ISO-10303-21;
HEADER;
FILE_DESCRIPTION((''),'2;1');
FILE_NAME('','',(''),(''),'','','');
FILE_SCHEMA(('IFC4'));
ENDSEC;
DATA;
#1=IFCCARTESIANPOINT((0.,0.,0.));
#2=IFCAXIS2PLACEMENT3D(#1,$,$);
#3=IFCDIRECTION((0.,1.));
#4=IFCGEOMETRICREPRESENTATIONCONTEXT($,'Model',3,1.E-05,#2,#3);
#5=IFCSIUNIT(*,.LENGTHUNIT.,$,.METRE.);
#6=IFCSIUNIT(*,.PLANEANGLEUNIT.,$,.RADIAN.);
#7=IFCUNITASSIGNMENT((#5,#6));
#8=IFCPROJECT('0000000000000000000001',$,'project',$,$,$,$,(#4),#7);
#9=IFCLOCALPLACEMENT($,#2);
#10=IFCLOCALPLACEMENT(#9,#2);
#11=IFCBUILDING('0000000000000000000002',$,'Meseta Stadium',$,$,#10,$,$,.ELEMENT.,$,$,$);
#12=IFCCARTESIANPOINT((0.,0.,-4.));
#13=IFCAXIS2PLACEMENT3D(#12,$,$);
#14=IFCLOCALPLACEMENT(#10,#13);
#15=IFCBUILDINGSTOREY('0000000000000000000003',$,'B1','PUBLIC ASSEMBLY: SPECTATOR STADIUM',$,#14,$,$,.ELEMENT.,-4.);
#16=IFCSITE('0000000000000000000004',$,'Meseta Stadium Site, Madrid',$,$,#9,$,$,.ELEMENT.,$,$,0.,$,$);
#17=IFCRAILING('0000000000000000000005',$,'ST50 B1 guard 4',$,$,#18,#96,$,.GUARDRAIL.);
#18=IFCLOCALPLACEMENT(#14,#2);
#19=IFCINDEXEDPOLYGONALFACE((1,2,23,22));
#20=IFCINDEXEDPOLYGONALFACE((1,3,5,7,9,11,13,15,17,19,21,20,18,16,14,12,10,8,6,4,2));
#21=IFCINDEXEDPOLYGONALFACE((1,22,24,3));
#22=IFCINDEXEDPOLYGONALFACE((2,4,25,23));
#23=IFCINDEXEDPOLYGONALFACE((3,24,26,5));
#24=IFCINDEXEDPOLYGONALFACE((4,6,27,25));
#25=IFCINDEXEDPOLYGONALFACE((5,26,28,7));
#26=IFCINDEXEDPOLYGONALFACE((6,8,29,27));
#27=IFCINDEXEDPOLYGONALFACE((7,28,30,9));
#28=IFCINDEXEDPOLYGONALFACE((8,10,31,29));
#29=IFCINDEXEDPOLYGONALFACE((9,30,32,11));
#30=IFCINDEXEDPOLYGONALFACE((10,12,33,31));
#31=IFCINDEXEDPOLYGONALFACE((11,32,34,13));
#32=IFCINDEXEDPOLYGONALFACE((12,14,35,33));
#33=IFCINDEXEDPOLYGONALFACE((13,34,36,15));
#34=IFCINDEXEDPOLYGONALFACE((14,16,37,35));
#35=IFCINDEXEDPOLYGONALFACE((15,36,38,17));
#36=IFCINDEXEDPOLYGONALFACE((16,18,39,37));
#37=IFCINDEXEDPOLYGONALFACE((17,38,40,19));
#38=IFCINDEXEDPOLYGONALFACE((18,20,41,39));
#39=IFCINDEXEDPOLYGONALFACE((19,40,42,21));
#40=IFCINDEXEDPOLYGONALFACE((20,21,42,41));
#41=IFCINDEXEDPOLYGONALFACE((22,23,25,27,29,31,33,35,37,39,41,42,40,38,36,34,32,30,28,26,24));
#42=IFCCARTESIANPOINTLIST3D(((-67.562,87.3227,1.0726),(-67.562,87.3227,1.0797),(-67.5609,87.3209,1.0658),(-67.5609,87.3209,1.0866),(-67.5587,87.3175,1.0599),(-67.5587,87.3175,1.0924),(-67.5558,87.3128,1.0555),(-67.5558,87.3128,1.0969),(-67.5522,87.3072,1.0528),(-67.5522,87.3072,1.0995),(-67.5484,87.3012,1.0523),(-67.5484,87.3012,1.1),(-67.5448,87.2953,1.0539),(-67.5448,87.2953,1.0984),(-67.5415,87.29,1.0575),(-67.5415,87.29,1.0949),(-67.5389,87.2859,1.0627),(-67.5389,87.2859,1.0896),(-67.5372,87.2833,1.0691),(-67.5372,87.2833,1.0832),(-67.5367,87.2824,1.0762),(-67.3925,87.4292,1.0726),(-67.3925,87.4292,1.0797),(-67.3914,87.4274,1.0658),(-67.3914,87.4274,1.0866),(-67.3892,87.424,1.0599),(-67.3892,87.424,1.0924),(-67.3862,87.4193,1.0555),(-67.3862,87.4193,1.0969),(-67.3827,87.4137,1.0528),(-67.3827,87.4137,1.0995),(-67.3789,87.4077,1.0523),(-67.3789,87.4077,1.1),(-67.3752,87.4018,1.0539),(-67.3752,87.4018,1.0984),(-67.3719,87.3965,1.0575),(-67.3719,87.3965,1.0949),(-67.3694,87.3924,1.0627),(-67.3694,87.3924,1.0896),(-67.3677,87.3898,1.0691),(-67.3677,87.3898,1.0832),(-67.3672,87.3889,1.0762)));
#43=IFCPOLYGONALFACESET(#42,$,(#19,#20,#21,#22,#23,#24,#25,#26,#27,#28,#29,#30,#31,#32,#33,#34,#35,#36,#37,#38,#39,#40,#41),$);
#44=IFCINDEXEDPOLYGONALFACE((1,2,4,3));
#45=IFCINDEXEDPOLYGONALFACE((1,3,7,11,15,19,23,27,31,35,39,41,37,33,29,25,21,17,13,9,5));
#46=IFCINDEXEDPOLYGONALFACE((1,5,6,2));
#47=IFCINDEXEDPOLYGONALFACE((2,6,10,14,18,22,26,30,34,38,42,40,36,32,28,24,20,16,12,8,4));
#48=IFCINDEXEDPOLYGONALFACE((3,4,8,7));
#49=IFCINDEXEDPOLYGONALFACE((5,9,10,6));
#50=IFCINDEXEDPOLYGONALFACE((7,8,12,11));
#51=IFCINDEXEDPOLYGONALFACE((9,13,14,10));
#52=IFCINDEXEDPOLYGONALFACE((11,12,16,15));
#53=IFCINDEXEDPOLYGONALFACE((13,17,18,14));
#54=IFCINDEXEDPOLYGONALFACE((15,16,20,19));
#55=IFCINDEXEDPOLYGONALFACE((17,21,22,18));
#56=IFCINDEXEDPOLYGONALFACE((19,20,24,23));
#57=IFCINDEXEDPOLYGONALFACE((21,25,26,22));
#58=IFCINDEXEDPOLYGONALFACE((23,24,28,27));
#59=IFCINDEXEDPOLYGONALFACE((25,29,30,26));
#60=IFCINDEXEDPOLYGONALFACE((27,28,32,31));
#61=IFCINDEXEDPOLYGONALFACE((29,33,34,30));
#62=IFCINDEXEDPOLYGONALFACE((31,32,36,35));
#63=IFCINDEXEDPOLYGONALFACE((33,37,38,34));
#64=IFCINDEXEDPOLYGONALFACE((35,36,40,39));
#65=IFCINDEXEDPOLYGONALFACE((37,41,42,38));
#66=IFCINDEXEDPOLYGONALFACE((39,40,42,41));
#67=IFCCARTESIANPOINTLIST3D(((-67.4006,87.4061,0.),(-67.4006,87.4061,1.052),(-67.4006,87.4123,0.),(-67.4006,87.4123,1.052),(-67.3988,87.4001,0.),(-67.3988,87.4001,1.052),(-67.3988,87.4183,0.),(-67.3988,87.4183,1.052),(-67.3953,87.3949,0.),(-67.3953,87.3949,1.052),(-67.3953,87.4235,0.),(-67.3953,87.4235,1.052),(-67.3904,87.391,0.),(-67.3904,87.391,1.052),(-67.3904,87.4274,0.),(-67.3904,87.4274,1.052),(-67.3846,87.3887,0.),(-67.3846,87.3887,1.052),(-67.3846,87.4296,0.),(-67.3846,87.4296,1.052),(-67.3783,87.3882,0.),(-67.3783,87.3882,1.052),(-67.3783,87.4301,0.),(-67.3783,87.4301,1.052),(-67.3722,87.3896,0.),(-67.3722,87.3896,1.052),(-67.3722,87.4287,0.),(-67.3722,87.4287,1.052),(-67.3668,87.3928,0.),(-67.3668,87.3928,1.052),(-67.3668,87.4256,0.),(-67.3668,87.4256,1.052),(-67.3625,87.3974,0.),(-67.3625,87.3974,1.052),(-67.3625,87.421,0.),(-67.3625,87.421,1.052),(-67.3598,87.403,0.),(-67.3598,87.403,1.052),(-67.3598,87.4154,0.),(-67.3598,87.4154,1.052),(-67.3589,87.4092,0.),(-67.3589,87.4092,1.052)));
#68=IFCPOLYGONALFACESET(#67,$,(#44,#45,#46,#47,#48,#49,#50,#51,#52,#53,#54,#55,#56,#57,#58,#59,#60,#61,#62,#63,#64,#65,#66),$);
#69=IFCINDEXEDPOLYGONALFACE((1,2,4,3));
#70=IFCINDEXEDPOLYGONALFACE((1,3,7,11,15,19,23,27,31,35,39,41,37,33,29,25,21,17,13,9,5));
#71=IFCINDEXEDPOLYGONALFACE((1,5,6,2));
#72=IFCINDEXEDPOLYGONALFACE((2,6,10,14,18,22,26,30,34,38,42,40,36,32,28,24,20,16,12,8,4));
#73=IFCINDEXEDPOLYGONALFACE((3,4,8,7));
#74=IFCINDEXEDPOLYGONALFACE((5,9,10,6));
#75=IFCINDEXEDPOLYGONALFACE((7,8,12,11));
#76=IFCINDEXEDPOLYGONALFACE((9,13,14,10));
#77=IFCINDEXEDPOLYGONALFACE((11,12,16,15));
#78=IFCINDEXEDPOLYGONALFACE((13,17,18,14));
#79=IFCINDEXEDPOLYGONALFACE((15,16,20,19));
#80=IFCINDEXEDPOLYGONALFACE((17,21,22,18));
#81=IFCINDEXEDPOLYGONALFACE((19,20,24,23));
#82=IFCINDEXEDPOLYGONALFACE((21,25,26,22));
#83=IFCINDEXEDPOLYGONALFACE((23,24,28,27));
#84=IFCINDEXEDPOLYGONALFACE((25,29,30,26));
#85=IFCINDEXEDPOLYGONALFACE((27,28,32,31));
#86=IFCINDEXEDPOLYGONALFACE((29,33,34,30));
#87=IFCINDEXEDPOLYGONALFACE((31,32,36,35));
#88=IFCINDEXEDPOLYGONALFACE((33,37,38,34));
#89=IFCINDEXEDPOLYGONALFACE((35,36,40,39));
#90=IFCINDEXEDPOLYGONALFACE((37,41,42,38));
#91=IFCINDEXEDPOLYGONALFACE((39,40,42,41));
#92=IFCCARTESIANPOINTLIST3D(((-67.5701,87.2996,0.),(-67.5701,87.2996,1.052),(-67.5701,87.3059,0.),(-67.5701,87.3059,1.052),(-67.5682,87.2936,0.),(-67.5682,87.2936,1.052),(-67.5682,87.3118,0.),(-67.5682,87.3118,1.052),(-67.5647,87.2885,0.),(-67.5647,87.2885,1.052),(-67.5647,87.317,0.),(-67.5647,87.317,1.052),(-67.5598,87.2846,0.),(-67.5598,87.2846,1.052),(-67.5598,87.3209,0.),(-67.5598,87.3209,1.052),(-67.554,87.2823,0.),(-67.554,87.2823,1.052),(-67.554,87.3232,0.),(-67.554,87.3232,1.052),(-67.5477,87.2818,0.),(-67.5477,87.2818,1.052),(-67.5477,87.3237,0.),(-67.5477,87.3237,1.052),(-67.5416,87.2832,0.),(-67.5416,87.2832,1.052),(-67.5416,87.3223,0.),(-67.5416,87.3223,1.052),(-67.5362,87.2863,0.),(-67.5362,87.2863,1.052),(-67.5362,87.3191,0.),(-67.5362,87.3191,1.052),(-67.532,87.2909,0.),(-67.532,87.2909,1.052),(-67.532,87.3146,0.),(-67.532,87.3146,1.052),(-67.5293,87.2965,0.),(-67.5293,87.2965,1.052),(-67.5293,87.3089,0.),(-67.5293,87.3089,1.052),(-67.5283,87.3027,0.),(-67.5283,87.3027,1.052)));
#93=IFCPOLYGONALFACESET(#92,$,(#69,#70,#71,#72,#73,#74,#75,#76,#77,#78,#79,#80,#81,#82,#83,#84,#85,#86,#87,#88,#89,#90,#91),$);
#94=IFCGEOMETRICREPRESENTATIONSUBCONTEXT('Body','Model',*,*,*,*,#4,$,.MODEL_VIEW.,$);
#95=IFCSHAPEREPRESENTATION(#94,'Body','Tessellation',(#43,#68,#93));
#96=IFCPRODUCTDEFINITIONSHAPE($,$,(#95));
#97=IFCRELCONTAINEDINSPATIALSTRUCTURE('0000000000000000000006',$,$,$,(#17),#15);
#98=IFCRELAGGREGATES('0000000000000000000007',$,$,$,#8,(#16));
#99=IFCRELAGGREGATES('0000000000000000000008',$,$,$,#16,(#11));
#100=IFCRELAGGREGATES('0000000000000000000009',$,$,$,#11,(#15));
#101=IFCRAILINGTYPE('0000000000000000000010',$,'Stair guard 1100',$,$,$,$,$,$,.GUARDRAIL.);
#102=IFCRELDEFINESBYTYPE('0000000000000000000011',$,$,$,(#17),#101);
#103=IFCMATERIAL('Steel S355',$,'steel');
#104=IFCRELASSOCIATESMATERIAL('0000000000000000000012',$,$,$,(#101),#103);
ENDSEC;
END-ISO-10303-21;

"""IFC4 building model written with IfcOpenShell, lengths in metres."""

from ifc_helpers import new_model, si_unit, direction, frame, origin, origin_2d, place, context, subcontext, project, spatial, circle, extrude, material, type_object, element, save


model = new_model("IFC4")

# Units and contexts
model_context = context("Model", 3, precision=1e-05, world=origin(), true_north=direction((0.0, 1.0)))
body_context = subcontext(model_context, "Body", "Model", "MODEL_VIEW")
ifc_project = project(units=[si_unit("LENGTHUNIT", "METRE"), si_unit("PLANEANGLEUNIT", "RADIAN")], contexts=[model_context])

# Site, building, storey
site_placement = place(None, origin())
site = spatial("IfcSite", under=ifc_project, at=site_placement, Name="Meseta Stadium Site, Madrid", CompositionType="ELEMENT", RefElevation=0.0)
building_placement = place(site_placement, origin())
building = spatial("IfcBuilding", under=site, at=building_placement, Name="Meseta Stadium", CompositionType="ELEMENT")
storey_placement = place(building_placement, frame((0.0, 0.0, -4.0)))
storey = spatial("IfcBuildingStorey", under=building, at=storey_placement, Name="B1", Description="PUBLIC ASSEMBLY: SPECTATOR STADIUM", CompositionType="ELEMENT", Elevation=-4.0)

# Railing
ifc_material_1 = material(Name="Steel S355", Category="steel")
railing_type_1 = type_object("IfcRailingType", Name="Stair guard 1100", PredefinedType="GUARDRAIL", material=ifc_material_1)
railing_1_placement = place(storey_placement, frame((-67.3799, 87.4092, 0.0)))
element("IfcRailing", 1, at=railing_1_placement, inside=storey, type_object=railing_type_1, Name="ST50 B1 guard 4", PredefinedType="GUARDRAIL", context=body_context, shape_type="SweptSolid", body=[
    extrude(circle(Radius=0.0239, at=origin_2d()), frame((0.0, 0.0, 1.0762), z_axis=(-0.846762, -0.531972, 0.0), x_axis=(0.531972, -0.846762, 0.0)), (0.0, 0.0, 1.0), 0.2002),
    extrude(circle(Radius=0.021, at=origin_2d()), origin(), (0.0, 0.0, 1.0), 1.052),
    extrude(circle(Radius=0.021, at=origin_2d()), frame((-0.1694, -0.1064, 0.0)), (0.0, 0.0, 1.0), 1.052),
])

save(model, "model.ifc")
